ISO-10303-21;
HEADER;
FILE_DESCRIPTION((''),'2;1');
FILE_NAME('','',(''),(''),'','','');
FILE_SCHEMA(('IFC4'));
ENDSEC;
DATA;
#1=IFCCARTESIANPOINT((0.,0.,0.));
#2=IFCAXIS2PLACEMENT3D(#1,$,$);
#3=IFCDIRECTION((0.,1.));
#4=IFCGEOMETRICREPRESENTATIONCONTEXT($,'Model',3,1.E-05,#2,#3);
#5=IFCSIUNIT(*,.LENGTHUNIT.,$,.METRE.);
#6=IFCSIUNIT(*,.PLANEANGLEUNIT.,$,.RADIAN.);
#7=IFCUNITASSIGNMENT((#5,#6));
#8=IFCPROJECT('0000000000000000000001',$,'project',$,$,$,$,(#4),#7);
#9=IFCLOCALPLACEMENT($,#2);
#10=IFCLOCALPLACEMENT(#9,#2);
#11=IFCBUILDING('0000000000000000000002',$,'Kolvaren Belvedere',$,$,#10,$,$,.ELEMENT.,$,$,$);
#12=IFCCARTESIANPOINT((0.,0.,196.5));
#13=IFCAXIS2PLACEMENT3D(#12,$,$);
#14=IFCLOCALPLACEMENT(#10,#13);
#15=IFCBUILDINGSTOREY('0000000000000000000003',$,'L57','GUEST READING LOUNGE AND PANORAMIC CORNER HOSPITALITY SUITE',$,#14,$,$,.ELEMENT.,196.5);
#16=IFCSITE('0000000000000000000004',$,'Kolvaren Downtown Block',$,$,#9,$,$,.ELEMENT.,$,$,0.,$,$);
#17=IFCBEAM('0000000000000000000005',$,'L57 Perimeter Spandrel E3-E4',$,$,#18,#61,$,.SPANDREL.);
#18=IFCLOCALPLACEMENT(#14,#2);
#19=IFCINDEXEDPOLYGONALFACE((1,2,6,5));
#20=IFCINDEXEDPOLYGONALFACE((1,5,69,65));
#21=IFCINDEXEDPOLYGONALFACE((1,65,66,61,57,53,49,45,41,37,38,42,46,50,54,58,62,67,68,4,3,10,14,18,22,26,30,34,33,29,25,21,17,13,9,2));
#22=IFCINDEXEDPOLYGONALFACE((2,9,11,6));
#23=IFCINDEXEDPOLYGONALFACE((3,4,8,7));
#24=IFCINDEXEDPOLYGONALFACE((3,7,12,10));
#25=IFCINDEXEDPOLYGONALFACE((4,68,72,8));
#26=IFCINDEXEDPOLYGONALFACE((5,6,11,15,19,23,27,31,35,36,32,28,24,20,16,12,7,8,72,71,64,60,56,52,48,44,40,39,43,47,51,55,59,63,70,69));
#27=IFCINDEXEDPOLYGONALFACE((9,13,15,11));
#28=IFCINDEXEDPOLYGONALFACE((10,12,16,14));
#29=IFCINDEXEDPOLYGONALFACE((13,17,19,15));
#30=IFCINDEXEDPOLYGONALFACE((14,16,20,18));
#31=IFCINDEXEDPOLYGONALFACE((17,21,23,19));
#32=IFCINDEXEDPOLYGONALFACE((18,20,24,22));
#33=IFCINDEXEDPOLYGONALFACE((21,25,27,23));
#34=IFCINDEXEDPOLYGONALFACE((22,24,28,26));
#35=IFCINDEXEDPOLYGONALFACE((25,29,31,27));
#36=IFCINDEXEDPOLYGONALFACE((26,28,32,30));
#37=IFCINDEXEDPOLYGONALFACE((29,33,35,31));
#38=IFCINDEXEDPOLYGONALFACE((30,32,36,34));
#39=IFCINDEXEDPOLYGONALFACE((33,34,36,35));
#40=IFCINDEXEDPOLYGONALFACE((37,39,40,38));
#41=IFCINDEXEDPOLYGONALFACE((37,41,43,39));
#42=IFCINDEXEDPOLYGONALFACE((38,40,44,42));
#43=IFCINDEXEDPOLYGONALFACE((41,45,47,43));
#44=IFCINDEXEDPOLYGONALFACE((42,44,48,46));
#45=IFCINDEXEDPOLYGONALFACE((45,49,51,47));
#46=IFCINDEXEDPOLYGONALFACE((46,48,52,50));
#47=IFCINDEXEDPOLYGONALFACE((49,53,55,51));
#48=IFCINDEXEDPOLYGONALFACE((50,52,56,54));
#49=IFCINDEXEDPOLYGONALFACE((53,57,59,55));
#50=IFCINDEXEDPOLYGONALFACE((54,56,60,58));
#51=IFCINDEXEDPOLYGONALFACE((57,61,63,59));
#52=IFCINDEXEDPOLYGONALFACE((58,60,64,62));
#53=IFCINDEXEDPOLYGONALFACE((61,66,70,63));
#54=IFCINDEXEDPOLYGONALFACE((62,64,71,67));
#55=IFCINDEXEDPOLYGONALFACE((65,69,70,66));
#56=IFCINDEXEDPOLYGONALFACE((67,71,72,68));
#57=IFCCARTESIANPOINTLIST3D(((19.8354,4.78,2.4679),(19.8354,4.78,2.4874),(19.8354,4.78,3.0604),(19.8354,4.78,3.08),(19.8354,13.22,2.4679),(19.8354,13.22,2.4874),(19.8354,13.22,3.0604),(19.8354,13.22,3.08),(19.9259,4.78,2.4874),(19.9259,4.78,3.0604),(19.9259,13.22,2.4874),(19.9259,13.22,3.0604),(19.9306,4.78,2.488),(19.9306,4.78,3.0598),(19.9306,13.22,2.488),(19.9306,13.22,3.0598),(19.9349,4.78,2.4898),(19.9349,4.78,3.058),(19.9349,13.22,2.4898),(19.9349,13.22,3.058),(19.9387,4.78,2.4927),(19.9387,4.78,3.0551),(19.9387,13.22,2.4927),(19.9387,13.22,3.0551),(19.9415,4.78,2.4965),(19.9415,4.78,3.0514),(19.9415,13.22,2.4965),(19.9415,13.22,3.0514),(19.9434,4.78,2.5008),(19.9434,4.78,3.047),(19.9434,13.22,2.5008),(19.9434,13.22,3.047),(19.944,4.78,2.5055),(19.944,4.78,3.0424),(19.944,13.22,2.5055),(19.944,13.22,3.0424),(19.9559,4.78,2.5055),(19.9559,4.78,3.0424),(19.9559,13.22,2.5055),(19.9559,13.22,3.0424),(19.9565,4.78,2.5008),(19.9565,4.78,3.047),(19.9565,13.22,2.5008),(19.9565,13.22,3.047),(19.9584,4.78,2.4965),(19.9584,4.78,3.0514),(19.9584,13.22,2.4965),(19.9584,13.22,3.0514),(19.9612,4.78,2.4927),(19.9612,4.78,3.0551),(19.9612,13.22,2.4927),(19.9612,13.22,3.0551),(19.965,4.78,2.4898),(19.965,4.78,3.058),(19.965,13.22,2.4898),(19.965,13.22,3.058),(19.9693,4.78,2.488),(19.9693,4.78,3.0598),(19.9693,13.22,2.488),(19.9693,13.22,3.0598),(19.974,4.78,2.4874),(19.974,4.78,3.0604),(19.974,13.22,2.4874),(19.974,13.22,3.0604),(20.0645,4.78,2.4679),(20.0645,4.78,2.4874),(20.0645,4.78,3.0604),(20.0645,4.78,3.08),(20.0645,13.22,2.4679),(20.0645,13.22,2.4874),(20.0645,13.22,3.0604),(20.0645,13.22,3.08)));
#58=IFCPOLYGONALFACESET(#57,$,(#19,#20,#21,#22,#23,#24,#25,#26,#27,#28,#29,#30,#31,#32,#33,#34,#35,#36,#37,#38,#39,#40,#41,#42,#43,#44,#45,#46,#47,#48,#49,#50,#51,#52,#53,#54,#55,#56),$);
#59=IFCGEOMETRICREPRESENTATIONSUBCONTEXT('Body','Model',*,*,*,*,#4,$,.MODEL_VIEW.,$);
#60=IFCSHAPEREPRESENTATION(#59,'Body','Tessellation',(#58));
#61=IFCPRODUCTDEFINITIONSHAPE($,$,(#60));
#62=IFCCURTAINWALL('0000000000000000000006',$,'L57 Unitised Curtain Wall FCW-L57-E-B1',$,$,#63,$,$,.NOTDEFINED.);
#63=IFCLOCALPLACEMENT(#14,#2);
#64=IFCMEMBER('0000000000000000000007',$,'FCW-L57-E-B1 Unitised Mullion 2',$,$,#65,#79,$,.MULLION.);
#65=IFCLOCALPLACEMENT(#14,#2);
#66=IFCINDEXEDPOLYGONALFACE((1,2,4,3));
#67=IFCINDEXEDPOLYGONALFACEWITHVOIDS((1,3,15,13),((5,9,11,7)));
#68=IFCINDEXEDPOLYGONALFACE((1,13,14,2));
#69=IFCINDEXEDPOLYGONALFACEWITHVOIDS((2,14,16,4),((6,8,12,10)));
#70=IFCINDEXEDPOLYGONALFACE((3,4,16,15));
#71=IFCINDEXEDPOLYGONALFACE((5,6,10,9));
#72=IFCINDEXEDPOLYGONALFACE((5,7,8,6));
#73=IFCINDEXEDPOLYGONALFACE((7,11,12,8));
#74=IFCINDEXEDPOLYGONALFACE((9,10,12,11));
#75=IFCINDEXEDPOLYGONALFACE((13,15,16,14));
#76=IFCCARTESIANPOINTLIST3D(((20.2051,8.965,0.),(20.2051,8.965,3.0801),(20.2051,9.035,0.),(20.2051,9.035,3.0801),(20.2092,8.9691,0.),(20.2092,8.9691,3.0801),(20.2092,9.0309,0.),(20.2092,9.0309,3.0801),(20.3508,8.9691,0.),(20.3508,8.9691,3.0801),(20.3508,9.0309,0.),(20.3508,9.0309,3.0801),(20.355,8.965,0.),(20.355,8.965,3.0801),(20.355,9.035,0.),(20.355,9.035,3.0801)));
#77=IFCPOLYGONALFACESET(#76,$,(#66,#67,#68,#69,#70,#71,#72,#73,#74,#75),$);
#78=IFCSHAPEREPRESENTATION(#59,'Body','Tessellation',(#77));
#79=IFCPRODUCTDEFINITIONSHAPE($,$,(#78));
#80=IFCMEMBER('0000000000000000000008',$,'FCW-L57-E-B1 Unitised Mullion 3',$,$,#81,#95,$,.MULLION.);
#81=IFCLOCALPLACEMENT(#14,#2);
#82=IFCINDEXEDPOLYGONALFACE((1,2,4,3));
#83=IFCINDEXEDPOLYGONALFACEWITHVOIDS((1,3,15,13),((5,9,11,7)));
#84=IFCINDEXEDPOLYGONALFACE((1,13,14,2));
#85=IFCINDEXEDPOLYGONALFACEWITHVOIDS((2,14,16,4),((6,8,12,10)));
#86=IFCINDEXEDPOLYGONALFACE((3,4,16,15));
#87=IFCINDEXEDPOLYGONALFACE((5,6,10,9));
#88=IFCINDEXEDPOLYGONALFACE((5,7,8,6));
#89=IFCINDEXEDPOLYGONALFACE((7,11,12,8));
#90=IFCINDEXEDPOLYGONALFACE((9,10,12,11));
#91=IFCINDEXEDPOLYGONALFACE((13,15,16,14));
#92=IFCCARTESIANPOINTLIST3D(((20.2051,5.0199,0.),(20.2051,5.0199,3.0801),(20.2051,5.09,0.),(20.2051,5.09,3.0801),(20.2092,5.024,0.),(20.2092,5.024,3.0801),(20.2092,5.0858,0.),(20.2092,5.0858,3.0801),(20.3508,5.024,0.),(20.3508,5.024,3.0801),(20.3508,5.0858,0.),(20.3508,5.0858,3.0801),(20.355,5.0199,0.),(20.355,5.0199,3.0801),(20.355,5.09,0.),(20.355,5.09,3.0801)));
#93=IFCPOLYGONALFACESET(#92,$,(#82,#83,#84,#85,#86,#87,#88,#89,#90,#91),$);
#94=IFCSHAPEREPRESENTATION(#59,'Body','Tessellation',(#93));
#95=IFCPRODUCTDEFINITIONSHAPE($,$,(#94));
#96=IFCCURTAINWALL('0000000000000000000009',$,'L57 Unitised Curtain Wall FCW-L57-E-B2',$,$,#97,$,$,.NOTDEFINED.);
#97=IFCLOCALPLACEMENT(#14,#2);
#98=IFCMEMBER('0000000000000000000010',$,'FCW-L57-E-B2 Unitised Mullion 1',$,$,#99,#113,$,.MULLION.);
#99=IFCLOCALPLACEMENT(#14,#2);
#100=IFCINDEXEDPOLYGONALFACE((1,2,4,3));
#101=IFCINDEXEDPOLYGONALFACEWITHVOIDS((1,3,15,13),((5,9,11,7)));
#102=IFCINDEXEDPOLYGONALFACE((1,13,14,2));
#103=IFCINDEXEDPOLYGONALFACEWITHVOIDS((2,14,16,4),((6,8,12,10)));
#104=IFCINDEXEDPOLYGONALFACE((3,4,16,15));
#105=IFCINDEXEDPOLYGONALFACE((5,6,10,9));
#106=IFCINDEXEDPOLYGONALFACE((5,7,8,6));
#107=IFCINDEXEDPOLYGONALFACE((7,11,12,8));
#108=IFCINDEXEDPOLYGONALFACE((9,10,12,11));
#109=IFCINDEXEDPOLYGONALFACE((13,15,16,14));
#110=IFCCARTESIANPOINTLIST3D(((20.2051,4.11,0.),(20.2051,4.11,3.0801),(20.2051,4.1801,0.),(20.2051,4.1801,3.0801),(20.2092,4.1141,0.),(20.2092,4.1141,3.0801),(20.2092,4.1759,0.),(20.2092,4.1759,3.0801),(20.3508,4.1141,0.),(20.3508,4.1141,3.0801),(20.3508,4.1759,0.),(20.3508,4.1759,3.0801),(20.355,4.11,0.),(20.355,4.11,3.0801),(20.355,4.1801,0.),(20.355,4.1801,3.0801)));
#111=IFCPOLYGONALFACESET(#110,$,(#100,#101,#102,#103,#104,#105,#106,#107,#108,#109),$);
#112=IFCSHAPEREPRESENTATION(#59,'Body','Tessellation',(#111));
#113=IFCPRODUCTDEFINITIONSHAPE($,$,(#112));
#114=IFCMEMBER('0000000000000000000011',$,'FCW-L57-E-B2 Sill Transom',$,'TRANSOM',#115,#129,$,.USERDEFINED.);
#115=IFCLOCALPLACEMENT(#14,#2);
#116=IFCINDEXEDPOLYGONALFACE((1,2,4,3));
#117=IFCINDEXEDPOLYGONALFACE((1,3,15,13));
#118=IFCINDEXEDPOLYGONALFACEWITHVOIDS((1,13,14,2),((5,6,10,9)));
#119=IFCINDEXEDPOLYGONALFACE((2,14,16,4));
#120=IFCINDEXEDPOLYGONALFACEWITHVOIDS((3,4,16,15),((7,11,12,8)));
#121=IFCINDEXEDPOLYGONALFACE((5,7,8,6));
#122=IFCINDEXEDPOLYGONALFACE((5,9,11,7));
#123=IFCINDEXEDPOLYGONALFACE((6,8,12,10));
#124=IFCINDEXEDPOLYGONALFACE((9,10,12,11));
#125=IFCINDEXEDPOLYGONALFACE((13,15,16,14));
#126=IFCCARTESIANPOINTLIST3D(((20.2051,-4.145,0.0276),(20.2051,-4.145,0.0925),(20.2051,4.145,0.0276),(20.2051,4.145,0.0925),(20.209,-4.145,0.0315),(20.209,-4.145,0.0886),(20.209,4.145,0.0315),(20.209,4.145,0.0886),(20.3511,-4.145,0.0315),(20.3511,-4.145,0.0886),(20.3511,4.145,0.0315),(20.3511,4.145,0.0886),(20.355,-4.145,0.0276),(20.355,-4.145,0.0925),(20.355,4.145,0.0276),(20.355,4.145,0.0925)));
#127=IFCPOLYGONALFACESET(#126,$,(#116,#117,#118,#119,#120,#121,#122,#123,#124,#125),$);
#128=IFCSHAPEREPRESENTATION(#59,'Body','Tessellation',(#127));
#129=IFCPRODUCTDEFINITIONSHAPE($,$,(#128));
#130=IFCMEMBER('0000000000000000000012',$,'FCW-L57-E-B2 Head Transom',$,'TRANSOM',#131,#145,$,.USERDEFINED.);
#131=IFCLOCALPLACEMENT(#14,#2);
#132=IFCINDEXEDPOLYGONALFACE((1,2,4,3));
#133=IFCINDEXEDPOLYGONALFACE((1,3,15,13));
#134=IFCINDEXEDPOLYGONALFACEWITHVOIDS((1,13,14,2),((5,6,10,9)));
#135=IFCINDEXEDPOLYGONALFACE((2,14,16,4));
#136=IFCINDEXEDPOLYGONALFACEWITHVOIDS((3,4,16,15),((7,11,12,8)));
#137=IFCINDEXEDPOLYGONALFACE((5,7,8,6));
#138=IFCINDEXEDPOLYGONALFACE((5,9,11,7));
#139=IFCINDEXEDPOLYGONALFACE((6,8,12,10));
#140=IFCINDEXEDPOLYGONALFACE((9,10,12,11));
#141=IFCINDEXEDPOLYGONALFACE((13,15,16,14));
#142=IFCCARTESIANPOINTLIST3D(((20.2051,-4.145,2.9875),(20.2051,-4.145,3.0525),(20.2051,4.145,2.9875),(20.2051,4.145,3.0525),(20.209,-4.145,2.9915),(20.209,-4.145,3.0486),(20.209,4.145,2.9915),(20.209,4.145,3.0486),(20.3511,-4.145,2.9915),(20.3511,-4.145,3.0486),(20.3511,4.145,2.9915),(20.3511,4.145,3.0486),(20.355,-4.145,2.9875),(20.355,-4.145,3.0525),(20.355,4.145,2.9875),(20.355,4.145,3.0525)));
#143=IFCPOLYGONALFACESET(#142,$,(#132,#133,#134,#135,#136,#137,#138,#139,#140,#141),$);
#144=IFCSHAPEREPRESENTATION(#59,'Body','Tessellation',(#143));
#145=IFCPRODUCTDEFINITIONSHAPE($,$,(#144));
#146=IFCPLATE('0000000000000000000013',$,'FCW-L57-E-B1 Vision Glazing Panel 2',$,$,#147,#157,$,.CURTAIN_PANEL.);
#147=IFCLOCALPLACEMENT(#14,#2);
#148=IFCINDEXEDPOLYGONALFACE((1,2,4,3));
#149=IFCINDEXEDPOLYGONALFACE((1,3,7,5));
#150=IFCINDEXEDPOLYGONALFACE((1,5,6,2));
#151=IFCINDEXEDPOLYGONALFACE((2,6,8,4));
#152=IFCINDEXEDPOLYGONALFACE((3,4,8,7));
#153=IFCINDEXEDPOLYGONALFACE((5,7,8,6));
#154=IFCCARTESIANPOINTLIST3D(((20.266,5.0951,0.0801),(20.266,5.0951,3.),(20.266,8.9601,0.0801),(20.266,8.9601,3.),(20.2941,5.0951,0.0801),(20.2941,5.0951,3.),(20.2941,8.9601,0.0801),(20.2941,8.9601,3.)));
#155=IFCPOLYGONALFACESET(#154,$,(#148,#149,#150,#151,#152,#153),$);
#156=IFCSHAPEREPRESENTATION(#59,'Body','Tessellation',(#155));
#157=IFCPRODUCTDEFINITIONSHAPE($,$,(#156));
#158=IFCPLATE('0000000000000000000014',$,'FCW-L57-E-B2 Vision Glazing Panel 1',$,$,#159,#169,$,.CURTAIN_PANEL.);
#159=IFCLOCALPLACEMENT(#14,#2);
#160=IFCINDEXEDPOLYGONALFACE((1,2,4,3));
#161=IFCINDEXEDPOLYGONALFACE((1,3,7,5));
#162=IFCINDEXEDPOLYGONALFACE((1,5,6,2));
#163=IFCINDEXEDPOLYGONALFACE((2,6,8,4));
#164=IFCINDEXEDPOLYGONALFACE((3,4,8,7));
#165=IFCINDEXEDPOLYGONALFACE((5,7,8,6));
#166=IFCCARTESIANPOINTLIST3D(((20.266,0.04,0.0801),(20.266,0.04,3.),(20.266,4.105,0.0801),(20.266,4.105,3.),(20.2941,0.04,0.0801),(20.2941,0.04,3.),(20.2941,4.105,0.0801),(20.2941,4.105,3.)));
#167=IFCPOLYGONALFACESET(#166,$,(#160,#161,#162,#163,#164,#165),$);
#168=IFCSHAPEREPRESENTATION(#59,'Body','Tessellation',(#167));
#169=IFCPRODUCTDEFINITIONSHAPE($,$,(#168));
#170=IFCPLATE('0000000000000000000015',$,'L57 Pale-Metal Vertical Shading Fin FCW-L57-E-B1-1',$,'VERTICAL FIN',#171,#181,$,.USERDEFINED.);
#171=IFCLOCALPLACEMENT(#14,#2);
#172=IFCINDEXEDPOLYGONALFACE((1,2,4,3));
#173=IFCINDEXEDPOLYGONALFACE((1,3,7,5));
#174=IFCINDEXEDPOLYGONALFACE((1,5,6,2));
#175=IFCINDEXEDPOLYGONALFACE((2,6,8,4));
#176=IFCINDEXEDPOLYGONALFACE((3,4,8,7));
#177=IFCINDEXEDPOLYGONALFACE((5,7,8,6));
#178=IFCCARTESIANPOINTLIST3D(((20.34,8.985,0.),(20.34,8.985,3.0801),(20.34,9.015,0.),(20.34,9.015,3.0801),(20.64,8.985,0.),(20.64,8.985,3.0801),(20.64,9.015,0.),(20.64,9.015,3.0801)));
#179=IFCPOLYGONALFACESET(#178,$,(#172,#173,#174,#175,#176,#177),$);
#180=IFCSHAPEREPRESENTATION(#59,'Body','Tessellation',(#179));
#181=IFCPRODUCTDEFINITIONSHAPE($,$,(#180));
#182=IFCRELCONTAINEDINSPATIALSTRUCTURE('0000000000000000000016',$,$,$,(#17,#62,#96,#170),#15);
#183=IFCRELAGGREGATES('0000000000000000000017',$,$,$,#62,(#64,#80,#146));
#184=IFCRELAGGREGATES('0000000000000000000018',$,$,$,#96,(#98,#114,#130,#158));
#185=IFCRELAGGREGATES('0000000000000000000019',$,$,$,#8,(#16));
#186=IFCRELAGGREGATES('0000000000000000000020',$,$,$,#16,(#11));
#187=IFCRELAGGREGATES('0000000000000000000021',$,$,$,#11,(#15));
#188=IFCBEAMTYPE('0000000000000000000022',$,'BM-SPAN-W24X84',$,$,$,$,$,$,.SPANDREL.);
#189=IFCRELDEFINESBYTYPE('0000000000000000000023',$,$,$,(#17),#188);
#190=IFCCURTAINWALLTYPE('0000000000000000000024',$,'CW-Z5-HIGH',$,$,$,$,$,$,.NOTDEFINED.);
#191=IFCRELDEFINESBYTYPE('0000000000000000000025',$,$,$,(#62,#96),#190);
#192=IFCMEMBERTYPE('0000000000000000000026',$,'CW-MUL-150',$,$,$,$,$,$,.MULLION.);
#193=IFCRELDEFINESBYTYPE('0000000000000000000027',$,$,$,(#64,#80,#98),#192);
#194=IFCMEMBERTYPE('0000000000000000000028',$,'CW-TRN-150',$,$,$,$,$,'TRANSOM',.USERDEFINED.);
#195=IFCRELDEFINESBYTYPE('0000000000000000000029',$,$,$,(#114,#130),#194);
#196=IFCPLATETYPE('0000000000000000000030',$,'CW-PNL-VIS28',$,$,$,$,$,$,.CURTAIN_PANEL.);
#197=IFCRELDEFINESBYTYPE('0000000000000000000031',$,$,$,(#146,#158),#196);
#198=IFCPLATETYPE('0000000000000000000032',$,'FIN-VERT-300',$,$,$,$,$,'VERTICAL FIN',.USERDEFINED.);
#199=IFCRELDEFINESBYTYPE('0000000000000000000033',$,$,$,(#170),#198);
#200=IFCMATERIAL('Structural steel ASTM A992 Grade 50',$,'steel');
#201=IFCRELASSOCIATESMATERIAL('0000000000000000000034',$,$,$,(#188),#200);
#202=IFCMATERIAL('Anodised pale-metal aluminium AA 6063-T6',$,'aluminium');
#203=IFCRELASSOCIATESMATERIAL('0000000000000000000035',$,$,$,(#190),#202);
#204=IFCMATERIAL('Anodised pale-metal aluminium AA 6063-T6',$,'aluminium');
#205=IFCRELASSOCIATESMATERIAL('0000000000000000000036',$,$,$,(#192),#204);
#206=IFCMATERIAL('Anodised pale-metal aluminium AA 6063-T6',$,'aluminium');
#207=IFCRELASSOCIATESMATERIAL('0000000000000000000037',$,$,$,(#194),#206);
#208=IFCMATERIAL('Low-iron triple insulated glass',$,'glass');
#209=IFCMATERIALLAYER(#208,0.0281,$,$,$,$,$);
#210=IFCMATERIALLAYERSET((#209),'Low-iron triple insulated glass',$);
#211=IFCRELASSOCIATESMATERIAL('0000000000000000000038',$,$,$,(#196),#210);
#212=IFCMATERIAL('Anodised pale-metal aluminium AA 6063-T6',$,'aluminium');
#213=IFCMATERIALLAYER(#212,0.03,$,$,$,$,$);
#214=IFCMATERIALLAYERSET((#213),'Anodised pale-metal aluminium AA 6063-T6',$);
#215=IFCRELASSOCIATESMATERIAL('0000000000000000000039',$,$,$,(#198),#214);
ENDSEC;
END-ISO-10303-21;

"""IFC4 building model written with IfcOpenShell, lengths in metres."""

from ifc_helpers import new_model, si_unit, direction, frame, origin, origin_2d, place, context, subcontext, project, spatial, rectangle, hollow_rectangle, i_section, extrude, material, layer, layer_set, material_profile, profile_set, type_object, element, aggregate, save


model = new_model("IFC4")

# Units and contexts
model_context = context("Model", 3, precision=1e-05, world=origin(), true_north=direction((0.0, 1.0)))
body_context = subcontext(model_context, "Body", "Model", "MODEL_VIEW")
ifc_project = project(units=[si_unit("LENGTHUNIT", "METRE"), si_unit("PLANEANGLEUNIT", "RADIAN")], contexts=[model_context])

# Site, building, storey
site_placement = place(None, origin())
site = spatial("IfcSite", under=ifc_project, at=site_placement, Name="Kolvaren Downtown Block", CompositionType="ELEMENT", RefElevation=0.0)
building_placement = place(site_placement, origin())
building = spatial("IfcBuilding", under=site, at=building_placement, Name="Kolvaren Belvedere", CompositionType="ELEMENT")
storey_placement = place(building_placement, frame((0.0, 0.0, 196.5)))
storey = spatial("IfcBuildingStorey", under=building, at=storey_placement, Name="L57", Description="GUEST READING LOUNGE AND PANORAMIC CORNER HOSPITALITY SUITE", CompositionType="ELEMENT", Elevation=196.5)

# Beam
ifc_material_1 = material(Name="Structural steel ASTM A992 Grade 50", Category="steel")
ifc_material_profile_1 = material_profile(ifc_material_1, i_section(OverallWidth=0.229, OverallDepth=0.6121, WebThickness=0.012, FlangeThickness=0.0195, FilletRadius=0.0181, at=origin_2d()), Name="W24X84")
ifc_profile_set_1 = profile_set([ifc_material_profile_1], Name="Structural steel ASTM A992 Grade 50")
beam_type_1 = type_object("IfcBeamType", Name="BM-SPAN-W24X84", PredefinedType="SPANDREL", material=ifc_profile_set_1)
beam_1_placement = place(storey_placement, frame((19.95, 4.78, 2.7739), z_axis=(0.0, 1.0, 0.0), x_axis=(-1.0, 0.0, 0.0)))
element("IfcBeam", 1, at=beam_1_placement, inside=storey, type_object=beam_type_1, Name="L57 Perimeter Spandrel E3-E4", PredefinedType="SPANDREL", context=body_context, shape_type="SweptSolid", body=[
    extrude(i_section(OverallWidth=0.229, OverallDepth=0.6121, WebThickness=0.012, FlangeThickness=0.0195, FilletRadius=0.0181, at=origin_2d()), origin(), (0.0, 0.0, 1.0), 8.4399),
])

# Curtain walls, members
ifc_material_2 = material(Name="Anodised pale-metal aluminium AA 6063-T6", Category="aluminium")
curtain_wall_type = type_object("IfcCurtainWallType", Name="CW-Z5-HIGH", PredefinedType="NOTDEFINED", material=ifc_material_2)
curtain_wall_1_placement = place(storey_placement, origin())
curtain_wall_1 = element("IfcCurtainWall", 2, at=curtain_wall_1_placement, inside=storey, type_object=curtain_wall_type, Name="L57 Unitised Curtain Wall FCW-L57-E-B1", PredefinedType="NOTDEFINED")
ifc_material_3 = material(Name="Anodised pale-metal aluminium AA 6063-T6", Category="aluminium")
ifc_material_profile_2 = material_profile(ifc_material_3, hollow_rectangle(XDim=0.0701, YDim=0.1499, WallThickness=0.0042, at=origin_2d()), Name="ALU-MUL-150X70")
ifc_profile_set_2 = profile_set([ifc_material_profile_2], Name="Anodised pale-metal aluminium AA 6063-T6")
member_type_1 = type_object("IfcMemberType", Name="CW-MUL-150", PredefinedType="MULLION", material=ifc_profile_set_2)
member_1_placement = place(storey_placement, frame((20.28, 9.0, 0.0), z_axis=(0.0, 0.0, 1.0), x_axis=(0.0, 1.0, 0.0)))
member_1 = element("IfcMember", 3, at=member_1_placement, type_object=member_type_1, Name="FCW-L57-E-B1 Unitised Mullion 2", PredefinedType="MULLION", context=body_context, shape_type="SweptSolid", body=[
    extrude(hollow_rectangle(XDim=0.0701, YDim=0.1499, WallThickness=0.0042, at=origin_2d()), origin(), (0.0, 0.0, 1.0), 3.0801),
])
member_2_placement = place(storey_placement, frame((20.28, 5.0549, 0.0), z_axis=(0.0, 0.0, 1.0), x_axis=(0.0, 1.0, 0.0)))
member_2 = element("IfcMember", 4, at=member_2_placement, type_object=member_type_1, Name="FCW-L57-E-B1 Unitised Mullion 3", PredefinedType="MULLION", context=body_context, shape_type="SweptSolid", body=[
    extrude(hollow_rectangle(XDim=0.0701, YDim=0.1499, WallThickness=0.0042, at=origin_2d()), origin(), (0.0, 0.0, 1.0), 3.0801),
])
curtain_wall_2_placement = place(storey_placement, origin())
curtain_wall_2 = element("IfcCurtainWall", 5, at=curtain_wall_2_placement, inside=storey, type_object=curtain_wall_type, Name="L57 Unitised Curtain Wall FCW-L57-E-B2", PredefinedType="NOTDEFINED")
member_3_placement = place(storey_placement, frame((20.28, 4.145, 0.0), z_axis=(0.0, 0.0, 1.0), x_axis=(0.0, 1.0, 0.0)))
member_3 = element("IfcMember", 6, at=member_3_placement, type_object=member_type_1, Name="FCW-L57-E-B2 Unitised Mullion 1", PredefinedType="MULLION", context=body_context, shape_type="SweptSolid", body=[
    extrude(hollow_rectangle(XDim=0.0701, YDim=0.1499, WallThickness=0.0042, at=origin_2d()), origin(), (0.0, 0.0, 1.0), 3.0801),
])
ifc_material_4 = material(Name="Anodised pale-metal aluminium AA 6063-T6", Category="aluminium")
ifc_material_profile_3 = material_profile(ifc_material_4, hollow_rectangle(XDim=0.0649, YDim=0.1499, WallThickness=0.0039, at=origin_2d()), Name="ALU-TRN-150X65")
ifc_profile_set_3 = profile_set([ifc_material_profile_3], Name="Anodised pale-metal aluminium AA 6063-T6")
member_type_2 = type_object("IfcMemberType", Name="CW-TRN-150", ElementType="TRANSOM", PredefinedType="USERDEFINED", material=ifc_profile_set_3)
member_4_placement = place(storey_placement, frame((20.28, 4.145, 0.0601), z_axis=(0.0, -1.0, 0.0), x_axis=(0.0, 0.0, 1.0)))
member_4 = element("IfcMember", 7, at=member_4_placement, type_object=member_type_2, Name="FCW-L57-E-B2 Sill Transom", ObjectType="TRANSOM", PredefinedType="USERDEFINED", context=body_context, shape_type="SweptSolid", body=[
    extrude(hollow_rectangle(XDim=0.0649, YDim=0.1499, WallThickness=0.0039, at=origin_2d()), origin(), (0.0, 0.0, 1.0), 8.29),
])
member_5_placement = place(storey_placement, frame((20.28, 4.145, 3.02), z_axis=(0.0, -1.0, 0.0), x_axis=(0.0, 0.0, 1.0)))
member_5 = element("IfcMember", 8, at=member_5_placement, type_object=member_type_2, Name="FCW-L57-E-B2 Head Transom", ObjectType="TRANSOM", PredefinedType="USERDEFINED", context=body_context, shape_type="SweptSolid", body=[
    extrude(hollow_rectangle(XDim=0.0649, YDim=0.1499, WallThickness=0.0039, at=origin_2d()), origin(), (0.0, 0.0, 1.0), 8.29),
])

# Plates
ifc_material_5 = material(Name="Low-iron triple insulated glass", Category="glass")
ifc_layer_1 = layer(ifc_material_5, 0.0281)
ifc_layer_set_1 = layer_set([ifc_layer_1], Name="Low-iron triple insulated glass")
plate_type_1 = type_object("IfcPlateType", Name="CW-PNL-VIS28", PredefinedType="CURTAIN_PANEL", material=ifc_layer_set_1)
plate_1_placement = place(storey_placement, frame((20.28, 7.0276, 0.0801), z_axis=(0.0, 0.0, 1.0), x_axis=(0.0, -1.0, 0.0)))
plate_1 = element("IfcPlate", 9, at=plate_1_placement, type_object=plate_type_1, Name="FCW-L57-E-B1 Vision Glazing Panel 2", PredefinedType="CURTAIN_PANEL", context=body_context, shape_type="SweptSolid", body=[
    extrude(rectangle(XDim=3.865, YDim=0.0281, at=origin_2d()), origin(), (0.0, 0.0, 1.0), 2.9199),
])
aggregate(curtain_wall_1, [member_1, member_2, plate_1])
plate_2_placement = place(storey_placement, frame((20.28, 2.0725, 0.0801), z_axis=(0.0, 0.0, 1.0), x_axis=(0.0, -1.0, 0.0)))
plate_2 = element("IfcPlate", 10, at=plate_2_placement, type_object=plate_type_1, Name="FCW-L57-E-B2 Vision Glazing Panel 1", PredefinedType="CURTAIN_PANEL", context=body_context, shape_type="SweptSolid", body=[
    extrude(rectangle(XDim=4.0649, YDim=0.0281, at=origin_2d()), origin(), (0.0, 0.0, 1.0), 2.9199),
])
aggregate(curtain_wall_2, [member_3, member_4, member_5, plate_2])
ifc_material_6 = material(Name="Anodised pale-metal aluminium AA 6063-T6", Category="aluminium")
ifc_layer_2 = layer(ifc_material_6, 0.03)
ifc_layer_set_2 = layer_set([ifc_layer_2], Name="Anodised pale-metal aluminium AA 6063-T6")
plate_type_2 = type_object("IfcPlateType", Name="FIN-VERT-300", ElementType="VERTICAL FIN", PredefinedType="USERDEFINED", material=ifc_layer_set_2)
plate_3_placement = place(storey_placement, frame((20.49, 9.0, 0.0), z_axis=(0.0, 0.0, 1.0), x_axis=(1.0, 0.0, 0.0)))
element("IfcPlate", 11, at=plate_3_placement, inside=storey, type_object=plate_type_2, Name="L57 Pale-Metal Vertical Shading Fin FCW-L57-E-B1-1", ObjectType="VERTICAL FIN", PredefinedType="USERDEFINED", context=body_context, shape_type="SweptSolid", body=[
    extrude(rectangle(XDim=0.3, YDim=0.03, at=origin_2d()), origin(), (0.0, 0.0, 1.0), 3.0801),
])

save(model, "model.ifc")
